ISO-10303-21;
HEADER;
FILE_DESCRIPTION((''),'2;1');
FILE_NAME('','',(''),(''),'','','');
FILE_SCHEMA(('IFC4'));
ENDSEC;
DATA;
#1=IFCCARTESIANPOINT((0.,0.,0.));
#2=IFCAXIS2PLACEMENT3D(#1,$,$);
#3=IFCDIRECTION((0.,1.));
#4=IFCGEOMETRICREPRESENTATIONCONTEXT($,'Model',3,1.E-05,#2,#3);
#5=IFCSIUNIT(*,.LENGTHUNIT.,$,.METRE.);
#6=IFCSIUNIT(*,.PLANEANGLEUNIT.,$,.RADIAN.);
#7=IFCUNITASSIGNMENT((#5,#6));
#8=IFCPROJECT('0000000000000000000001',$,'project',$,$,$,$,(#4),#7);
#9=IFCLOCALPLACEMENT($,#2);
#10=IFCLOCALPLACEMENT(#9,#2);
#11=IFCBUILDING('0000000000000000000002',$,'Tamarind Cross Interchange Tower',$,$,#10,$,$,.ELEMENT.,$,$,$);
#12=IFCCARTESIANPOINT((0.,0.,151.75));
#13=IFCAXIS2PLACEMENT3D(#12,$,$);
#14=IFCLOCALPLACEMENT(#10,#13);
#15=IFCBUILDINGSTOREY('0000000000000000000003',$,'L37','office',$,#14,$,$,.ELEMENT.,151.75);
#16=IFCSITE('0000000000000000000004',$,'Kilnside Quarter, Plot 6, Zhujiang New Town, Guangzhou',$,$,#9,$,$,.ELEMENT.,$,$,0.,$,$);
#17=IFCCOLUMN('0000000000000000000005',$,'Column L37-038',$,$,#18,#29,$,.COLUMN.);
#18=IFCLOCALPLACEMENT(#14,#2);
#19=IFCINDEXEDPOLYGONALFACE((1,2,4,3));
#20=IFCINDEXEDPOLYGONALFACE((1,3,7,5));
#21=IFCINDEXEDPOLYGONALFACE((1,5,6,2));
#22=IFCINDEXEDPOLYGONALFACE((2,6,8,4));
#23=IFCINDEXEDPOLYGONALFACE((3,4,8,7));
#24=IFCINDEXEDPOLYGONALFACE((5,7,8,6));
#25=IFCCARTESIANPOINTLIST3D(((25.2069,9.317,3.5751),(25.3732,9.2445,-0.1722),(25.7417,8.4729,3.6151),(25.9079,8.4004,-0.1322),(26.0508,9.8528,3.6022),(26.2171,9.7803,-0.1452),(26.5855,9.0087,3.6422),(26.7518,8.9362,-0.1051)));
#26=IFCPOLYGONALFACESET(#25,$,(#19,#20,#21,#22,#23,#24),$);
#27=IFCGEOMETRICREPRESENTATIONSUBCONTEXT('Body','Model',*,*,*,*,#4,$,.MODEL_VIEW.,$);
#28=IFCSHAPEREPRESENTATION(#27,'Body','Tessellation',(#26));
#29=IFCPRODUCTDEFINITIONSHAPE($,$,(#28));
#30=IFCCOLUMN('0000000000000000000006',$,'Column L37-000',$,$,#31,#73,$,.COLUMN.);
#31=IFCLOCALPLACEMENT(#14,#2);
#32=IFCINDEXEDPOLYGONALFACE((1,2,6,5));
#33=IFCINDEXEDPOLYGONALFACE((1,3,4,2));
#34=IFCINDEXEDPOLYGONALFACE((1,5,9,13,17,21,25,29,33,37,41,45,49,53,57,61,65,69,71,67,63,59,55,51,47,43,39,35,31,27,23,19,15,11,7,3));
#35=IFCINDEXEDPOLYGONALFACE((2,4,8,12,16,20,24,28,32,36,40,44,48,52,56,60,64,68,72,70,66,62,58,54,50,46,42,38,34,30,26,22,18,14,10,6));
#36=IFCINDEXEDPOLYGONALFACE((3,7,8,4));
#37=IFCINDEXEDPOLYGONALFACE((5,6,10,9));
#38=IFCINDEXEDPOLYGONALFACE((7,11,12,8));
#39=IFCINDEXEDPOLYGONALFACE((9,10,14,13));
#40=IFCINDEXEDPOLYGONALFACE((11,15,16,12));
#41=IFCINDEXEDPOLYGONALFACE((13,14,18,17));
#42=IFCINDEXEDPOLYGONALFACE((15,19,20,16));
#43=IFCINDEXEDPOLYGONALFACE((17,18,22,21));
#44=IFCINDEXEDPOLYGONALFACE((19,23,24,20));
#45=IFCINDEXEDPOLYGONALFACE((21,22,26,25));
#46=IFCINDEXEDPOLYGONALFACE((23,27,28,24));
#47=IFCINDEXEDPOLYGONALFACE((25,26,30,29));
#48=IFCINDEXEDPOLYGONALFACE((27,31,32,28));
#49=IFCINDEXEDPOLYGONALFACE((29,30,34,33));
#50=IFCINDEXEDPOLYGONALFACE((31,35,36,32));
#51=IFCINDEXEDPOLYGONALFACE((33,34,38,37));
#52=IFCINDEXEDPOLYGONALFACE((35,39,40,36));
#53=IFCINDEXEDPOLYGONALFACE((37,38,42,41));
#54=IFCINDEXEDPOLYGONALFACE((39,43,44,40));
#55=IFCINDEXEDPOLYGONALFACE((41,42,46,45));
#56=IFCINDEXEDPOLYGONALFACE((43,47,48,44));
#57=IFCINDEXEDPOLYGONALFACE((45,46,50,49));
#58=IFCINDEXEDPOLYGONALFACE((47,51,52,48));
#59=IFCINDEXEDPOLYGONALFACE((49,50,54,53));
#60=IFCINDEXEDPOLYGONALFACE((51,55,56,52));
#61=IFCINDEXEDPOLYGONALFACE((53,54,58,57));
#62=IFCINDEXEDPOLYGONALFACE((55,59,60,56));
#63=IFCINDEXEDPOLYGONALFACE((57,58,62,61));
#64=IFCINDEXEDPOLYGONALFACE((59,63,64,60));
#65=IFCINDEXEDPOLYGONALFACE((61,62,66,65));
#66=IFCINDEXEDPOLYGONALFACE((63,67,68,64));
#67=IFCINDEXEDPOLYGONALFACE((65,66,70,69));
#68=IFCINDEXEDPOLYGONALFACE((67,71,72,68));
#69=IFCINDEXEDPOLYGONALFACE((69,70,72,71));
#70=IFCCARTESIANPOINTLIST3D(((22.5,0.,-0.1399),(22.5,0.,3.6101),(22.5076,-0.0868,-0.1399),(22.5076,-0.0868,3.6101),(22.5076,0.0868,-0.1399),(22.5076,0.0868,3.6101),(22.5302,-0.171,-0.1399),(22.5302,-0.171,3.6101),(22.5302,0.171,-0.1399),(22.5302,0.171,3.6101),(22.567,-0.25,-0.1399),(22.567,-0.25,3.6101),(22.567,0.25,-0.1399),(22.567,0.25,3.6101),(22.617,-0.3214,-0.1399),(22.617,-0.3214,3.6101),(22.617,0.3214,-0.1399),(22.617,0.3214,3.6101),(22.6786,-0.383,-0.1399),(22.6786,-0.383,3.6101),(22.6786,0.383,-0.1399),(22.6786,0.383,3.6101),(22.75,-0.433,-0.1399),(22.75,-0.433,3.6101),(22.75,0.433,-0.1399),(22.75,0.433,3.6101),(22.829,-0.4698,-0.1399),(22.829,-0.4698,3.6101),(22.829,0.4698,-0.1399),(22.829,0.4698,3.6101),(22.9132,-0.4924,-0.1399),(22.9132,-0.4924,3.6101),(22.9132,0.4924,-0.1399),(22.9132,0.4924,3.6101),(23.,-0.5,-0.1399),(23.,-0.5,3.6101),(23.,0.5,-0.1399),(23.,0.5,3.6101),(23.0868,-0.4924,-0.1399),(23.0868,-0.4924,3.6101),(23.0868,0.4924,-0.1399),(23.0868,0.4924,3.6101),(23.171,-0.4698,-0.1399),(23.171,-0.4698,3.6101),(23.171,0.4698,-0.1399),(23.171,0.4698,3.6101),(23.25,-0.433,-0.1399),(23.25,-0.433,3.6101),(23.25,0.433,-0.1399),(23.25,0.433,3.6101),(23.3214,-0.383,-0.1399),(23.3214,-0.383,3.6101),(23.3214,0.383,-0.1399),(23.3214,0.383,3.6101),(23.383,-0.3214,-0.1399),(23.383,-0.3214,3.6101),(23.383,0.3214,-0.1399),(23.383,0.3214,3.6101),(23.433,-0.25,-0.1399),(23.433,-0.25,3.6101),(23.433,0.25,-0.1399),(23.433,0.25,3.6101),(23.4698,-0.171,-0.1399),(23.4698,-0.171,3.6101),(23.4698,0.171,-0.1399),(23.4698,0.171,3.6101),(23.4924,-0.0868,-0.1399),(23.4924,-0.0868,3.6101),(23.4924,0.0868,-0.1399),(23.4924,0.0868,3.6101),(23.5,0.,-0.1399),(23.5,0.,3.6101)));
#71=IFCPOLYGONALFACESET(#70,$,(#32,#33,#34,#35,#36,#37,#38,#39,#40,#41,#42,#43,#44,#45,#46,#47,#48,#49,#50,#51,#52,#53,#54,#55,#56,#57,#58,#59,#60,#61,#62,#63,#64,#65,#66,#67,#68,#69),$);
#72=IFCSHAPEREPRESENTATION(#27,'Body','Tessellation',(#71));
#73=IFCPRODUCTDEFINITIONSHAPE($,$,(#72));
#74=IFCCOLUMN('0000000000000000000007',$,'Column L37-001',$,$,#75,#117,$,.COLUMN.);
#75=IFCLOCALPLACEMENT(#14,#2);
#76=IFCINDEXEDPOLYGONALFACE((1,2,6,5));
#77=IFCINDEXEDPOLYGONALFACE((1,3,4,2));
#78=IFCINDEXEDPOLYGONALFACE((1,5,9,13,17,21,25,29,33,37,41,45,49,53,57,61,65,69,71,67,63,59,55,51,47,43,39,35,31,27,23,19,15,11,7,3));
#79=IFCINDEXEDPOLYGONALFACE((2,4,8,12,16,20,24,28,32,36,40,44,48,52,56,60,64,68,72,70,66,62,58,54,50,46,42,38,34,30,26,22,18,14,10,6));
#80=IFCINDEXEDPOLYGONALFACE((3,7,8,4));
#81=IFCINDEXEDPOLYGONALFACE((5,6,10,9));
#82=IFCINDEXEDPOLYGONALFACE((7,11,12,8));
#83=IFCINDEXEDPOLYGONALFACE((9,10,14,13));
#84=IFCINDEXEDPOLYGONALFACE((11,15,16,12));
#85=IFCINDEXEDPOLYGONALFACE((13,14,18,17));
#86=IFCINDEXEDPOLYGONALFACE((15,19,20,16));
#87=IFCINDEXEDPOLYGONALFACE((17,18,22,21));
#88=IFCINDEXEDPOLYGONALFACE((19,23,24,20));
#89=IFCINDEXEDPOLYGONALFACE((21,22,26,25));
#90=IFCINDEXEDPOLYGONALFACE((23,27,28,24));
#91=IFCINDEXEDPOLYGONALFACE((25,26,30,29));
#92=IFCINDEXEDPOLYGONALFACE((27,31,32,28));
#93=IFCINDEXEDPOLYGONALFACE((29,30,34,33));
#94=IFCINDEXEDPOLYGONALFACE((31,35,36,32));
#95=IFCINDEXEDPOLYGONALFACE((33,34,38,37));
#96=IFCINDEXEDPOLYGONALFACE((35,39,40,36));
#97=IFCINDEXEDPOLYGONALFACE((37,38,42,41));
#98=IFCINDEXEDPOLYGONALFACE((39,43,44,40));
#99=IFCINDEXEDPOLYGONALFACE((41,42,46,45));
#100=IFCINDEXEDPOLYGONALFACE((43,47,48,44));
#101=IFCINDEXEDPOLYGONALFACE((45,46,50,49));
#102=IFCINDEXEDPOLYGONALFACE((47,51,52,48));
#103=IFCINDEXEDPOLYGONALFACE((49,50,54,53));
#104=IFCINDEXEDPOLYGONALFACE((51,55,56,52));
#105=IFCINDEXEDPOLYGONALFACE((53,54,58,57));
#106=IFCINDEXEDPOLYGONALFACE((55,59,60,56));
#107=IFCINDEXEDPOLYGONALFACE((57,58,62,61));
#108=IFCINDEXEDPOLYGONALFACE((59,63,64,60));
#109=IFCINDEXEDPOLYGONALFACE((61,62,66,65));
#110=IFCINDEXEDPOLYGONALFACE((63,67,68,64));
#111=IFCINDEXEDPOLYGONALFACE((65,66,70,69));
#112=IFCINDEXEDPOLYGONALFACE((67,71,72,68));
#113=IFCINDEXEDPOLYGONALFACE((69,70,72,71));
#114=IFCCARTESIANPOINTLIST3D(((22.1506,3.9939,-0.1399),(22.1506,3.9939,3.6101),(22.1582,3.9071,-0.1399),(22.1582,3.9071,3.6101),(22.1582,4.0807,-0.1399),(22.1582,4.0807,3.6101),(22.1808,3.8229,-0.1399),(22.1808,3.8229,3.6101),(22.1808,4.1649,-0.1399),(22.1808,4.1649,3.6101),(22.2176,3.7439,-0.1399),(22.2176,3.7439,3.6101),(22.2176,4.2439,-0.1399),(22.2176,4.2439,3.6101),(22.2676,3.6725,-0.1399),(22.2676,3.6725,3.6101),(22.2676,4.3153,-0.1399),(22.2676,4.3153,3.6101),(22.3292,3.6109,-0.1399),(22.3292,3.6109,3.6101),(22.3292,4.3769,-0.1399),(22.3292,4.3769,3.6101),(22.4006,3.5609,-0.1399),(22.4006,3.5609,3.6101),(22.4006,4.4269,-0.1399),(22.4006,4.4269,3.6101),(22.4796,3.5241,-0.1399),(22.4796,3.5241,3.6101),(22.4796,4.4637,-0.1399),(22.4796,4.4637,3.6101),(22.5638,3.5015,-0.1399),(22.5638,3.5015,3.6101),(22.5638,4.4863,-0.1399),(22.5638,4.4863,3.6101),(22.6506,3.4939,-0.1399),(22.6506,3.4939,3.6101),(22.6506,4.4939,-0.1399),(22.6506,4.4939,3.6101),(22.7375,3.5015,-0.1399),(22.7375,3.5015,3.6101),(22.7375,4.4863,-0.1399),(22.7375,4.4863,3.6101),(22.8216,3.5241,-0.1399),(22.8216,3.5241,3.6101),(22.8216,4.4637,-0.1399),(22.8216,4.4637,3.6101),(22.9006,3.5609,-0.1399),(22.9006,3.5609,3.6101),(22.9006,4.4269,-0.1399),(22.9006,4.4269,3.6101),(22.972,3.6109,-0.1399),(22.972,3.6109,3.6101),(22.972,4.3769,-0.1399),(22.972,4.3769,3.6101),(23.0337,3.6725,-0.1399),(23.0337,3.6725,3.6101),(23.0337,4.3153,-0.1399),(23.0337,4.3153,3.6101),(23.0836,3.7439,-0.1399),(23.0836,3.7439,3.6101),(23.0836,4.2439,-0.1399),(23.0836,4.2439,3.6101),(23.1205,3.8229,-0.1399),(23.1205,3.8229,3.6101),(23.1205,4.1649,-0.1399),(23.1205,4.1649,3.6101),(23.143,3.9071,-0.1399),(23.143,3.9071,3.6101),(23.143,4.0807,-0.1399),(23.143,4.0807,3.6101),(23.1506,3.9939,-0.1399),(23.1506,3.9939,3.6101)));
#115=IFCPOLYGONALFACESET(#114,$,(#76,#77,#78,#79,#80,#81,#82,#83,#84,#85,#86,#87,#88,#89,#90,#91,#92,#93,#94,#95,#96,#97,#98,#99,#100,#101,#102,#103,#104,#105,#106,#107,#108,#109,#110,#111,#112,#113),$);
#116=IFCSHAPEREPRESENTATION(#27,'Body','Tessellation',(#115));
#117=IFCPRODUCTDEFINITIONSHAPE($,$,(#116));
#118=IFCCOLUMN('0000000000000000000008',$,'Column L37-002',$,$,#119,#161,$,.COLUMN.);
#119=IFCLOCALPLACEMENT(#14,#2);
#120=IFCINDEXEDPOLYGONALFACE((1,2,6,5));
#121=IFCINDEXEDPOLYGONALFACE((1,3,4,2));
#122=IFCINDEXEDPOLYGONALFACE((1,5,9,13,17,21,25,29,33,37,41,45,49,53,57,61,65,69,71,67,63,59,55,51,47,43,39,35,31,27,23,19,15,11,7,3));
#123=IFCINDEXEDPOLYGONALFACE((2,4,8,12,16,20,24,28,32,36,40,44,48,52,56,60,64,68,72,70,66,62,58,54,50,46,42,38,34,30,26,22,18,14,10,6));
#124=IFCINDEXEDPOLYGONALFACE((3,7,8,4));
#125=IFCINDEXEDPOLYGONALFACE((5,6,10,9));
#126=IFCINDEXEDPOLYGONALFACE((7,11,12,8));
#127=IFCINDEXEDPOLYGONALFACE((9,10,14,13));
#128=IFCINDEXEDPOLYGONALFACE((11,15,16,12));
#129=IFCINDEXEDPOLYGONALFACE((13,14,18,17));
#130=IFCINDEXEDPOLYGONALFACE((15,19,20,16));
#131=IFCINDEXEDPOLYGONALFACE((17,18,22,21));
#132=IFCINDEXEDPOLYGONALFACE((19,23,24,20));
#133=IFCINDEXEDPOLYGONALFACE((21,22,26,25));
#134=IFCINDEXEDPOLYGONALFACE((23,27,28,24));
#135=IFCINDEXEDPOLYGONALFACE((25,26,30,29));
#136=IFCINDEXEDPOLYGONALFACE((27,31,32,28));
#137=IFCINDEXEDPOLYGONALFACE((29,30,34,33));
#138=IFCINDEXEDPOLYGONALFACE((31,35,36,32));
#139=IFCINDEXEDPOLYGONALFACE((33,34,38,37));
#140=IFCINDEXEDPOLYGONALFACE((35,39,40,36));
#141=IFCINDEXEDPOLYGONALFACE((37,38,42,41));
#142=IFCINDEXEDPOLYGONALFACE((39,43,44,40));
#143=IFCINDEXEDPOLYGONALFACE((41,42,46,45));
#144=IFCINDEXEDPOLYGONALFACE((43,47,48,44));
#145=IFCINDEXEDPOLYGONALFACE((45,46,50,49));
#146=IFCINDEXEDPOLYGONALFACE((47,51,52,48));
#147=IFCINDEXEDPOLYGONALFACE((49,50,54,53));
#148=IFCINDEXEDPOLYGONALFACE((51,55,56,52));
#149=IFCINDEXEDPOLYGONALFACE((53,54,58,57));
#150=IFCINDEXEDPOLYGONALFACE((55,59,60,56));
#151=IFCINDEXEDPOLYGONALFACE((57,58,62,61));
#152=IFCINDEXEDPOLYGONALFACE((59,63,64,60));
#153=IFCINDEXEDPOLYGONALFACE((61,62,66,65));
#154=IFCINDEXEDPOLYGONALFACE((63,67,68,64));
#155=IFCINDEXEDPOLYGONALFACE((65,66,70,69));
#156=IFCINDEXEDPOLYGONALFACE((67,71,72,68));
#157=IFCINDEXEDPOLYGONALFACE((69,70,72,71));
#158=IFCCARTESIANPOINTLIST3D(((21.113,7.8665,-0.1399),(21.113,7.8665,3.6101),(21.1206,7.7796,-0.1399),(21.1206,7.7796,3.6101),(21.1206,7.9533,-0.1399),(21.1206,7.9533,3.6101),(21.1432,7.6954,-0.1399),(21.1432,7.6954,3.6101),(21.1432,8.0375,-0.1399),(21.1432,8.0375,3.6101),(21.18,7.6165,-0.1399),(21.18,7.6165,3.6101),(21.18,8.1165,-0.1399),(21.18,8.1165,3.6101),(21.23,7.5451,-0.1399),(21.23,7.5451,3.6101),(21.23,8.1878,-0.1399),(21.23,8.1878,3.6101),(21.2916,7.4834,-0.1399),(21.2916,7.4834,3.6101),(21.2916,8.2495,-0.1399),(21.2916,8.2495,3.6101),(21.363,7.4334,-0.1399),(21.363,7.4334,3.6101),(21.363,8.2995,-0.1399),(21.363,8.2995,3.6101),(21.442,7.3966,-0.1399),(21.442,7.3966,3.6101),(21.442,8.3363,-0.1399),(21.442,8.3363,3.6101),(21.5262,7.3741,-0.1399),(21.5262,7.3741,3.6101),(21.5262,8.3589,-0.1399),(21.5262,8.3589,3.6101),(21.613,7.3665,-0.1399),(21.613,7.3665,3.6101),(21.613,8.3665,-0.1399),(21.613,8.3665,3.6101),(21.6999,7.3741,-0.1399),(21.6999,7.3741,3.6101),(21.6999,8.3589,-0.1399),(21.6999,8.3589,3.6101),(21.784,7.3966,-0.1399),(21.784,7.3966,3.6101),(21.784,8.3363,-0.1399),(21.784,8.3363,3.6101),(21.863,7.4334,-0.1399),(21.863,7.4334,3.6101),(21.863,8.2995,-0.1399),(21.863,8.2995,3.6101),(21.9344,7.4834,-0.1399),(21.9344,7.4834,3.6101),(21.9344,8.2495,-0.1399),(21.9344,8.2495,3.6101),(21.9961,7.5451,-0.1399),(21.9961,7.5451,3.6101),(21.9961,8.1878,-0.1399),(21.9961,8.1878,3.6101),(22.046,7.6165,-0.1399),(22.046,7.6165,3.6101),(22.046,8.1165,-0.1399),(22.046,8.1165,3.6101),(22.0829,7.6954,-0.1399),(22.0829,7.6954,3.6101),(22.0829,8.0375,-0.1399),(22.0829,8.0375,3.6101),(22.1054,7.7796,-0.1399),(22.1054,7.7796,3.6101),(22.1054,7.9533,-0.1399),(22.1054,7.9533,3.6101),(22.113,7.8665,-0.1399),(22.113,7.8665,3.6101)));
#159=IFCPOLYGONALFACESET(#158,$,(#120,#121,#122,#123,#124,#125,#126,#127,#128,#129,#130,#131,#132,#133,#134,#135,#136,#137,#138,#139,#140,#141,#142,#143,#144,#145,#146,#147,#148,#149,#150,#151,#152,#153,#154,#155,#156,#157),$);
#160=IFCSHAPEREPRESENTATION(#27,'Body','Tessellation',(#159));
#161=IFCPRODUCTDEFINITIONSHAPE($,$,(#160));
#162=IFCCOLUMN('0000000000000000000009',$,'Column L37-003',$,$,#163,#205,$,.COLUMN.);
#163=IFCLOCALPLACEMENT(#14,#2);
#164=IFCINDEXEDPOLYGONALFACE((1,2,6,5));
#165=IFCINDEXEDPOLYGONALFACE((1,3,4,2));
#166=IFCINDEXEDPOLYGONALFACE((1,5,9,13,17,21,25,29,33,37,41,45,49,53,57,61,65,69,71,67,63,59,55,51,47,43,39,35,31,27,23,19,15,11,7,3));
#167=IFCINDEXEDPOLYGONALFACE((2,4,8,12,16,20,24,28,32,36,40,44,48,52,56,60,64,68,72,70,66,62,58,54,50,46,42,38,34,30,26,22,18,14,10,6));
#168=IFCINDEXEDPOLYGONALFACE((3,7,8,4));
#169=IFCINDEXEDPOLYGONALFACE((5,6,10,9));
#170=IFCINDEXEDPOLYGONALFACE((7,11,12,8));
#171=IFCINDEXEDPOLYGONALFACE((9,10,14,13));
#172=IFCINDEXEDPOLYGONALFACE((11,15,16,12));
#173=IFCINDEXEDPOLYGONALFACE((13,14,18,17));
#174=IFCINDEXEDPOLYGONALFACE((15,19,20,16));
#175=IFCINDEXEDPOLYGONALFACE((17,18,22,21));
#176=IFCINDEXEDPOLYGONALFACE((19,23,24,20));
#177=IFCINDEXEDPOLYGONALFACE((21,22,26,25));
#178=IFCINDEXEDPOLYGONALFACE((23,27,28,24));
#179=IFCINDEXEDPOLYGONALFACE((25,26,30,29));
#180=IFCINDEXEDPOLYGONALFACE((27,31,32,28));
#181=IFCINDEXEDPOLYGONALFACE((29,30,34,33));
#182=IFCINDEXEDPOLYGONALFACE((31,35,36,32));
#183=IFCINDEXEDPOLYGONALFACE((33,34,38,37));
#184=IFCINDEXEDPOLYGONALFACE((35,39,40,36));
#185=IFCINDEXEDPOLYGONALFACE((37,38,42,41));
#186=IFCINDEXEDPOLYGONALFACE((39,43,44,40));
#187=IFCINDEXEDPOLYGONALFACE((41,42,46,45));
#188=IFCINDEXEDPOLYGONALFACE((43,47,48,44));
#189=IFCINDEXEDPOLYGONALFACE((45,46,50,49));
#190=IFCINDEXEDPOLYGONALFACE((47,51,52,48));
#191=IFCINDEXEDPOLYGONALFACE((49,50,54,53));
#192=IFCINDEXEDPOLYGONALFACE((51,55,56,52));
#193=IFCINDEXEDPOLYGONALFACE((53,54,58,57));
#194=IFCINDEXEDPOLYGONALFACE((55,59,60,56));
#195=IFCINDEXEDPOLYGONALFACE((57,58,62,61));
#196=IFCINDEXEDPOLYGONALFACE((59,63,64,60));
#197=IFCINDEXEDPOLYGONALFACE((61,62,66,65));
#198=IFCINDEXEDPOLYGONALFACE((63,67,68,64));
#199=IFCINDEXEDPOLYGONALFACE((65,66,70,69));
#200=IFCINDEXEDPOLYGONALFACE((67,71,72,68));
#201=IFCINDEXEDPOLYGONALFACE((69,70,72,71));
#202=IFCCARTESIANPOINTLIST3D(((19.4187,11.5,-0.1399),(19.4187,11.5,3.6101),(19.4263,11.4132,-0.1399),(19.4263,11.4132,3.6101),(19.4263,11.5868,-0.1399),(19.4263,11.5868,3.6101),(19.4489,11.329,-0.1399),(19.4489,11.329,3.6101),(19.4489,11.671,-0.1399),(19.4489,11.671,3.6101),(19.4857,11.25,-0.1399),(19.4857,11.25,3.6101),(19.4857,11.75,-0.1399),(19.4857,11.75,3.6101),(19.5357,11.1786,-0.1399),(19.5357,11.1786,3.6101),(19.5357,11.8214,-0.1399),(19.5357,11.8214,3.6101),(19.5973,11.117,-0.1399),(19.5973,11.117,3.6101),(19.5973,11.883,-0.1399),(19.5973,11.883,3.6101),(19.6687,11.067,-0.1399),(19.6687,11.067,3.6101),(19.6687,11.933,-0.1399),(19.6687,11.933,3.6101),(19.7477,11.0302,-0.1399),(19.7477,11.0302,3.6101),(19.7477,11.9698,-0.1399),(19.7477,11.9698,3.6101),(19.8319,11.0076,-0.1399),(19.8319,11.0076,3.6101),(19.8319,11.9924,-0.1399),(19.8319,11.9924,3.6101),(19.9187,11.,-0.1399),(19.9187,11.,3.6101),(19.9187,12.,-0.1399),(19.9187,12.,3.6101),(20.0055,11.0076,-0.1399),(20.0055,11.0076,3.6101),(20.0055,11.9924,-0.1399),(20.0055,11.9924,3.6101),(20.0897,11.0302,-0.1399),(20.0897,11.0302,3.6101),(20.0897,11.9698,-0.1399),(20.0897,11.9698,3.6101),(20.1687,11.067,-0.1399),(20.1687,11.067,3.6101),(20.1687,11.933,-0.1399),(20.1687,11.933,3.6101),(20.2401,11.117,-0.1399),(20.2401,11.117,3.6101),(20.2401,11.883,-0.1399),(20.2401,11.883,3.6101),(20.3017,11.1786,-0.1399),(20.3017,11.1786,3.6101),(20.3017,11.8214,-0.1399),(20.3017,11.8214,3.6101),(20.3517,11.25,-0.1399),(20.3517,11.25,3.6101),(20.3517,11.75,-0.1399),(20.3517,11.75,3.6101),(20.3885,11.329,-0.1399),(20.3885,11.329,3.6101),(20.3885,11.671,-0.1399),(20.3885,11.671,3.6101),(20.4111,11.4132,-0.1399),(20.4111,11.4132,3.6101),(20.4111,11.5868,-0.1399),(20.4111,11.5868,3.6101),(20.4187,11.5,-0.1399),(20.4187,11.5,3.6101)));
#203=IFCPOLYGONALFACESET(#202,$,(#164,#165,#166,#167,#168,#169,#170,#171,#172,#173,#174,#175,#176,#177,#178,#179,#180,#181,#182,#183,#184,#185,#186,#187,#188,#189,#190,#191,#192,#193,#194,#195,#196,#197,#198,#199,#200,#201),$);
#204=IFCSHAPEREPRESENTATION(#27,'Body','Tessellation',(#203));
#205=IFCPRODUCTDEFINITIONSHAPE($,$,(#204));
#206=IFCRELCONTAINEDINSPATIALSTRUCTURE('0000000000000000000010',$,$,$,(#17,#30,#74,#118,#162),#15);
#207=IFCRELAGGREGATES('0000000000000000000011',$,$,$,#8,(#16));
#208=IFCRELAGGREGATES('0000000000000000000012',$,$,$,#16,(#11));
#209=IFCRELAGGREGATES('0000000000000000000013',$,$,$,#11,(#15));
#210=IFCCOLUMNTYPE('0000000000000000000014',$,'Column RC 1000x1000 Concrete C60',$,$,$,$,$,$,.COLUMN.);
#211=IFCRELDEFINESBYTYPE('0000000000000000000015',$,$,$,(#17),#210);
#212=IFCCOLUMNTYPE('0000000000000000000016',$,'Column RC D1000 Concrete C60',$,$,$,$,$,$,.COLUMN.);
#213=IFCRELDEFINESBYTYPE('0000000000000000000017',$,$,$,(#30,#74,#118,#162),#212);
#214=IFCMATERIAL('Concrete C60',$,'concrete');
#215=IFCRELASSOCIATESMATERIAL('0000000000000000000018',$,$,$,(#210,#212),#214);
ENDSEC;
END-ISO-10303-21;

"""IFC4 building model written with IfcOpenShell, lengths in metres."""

from ifc_helpers import new_model, si_unit, direction, frame, origin, origin_2d, place, context, subcontext, project, spatial, rectangle, circle, extrude, material, material_profile, profile_set, type_object, element, save


model = new_model("IFC4")

# Units and contexts
model_context = context("Model", 3, precision=1e-05, world=origin(), true_north=direction((0.0, 1.0)))
body_context = subcontext(model_context, "Body", "Model", "MODEL_VIEW")
ifc_project = project(units=[si_unit("LENGTHUNIT", "METRE"), si_unit("PLANEANGLEUNIT", "RADIAN")], contexts=[model_context])

# Site, building, storey
site_placement = place(None, origin())
site = spatial("IfcSite", under=ifc_project, at=site_placement, Name="Kilnside Quarter, Plot 6, Zhujiang New Town, Guangzhou", CompositionType="ELEMENT", RefElevation=0.0)
building_placement = place(site_placement, origin())
building = spatial("IfcBuilding", under=site, at=building_placement, Name="Tamarind Cross Interchange Tower", CompositionType="ELEMENT")
storey_placement = place(building_placement, frame((0.0, 0.0, 151.75)))
storey = spatial("IfcBuildingStorey", under=building, at=storey_placement, Name="L37", Description="office", CompositionType="ELEMENT", Elevation=151.75)

# Columns
ifc_material_1 = material(Name="Concrete C60", Category="concrete")
ifc_material_profile_1 = material_profile(ifc_material_1, rectangle(XDim=1.0, YDim=1.0, at=origin_2d()), Name="RC 1000x1000")
ifc_profile_set_1 = profile_set([ifc_material_profile_1], Name="Concrete C60")
column_type_1 = type_object("IfcColumnType", Name="Column RC 1000x1000 Concrete C60", PredefinedType="COLUMN", material=ifc_profile_set_1)
column_placement = place(storey_placement, frame((26.0625, 9.0903, -0.1387), z_axis=(-0.044316, 0.019327, 0.998831), x_axis=(0.534703, -0.84409, 0.040057)))
element("IfcColumn", 1, at=column_placement, inside=storey, type_object=column_type_1, Name="Column L37-038", PredefinedType="COLUMN", context=body_context, shape_type="SweptSolid", body=[
    extrude(rectangle(XDim=1.0, YDim=1.0, at=origin_2d()), origin(), (0.0, 0.0, 1.0), 3.7517),
])
ifc_material_profile_2 = material_profile(ifc_material_1, circle(Radius=0.5, at=origin_2d()), Name="RC D1000")
ifc_profile_set_2 = profile_set([ifc_material_profile_2], Name="Concrete C60")
column_type_2 = type_object("IfcColumnType", Name="Column RC D1000 Concrete C60", PredefinedType="COLUMN", material=ifc_profile_set_2)
for number, where, z_axis, x_axis, name in (
    (2, (23.0, 0.0, -0.1399), (0.0, 0.0, 1.0), (1.0, 0.0, 0.0), "Column L37-000"),
    (3, (22.6506, 3.9939, -0.1399), (0.0, 0.0, 1.0), (1.0, 0.0, 0.0), "Column L37-001"),
    (4, (21.613, 7.8665, -0.1399), (0.0, 0.0, 1.0), (1.0, 0.0, 0.0), "Column L37-002"),
    (5, (19.9187, 11.5, -0.1399), (0.0, 0.0, 1.0), (1.0, 0.0, 0.0), "Column L37-003"),
):
    element("IfcColumn", number, at=place(storey_placement, frame(where, z_axis=z_axis, x_axis=x_axis)), inside=storey, type_object=column_type_2, Name=name, PredefinedType="COLUMN", context=body_context, shape_type="SweptSolid", body=[
        extrude(circle(Radius=0.5, at=origin_2d()), origin(), (0.0, 0.0, 1.0), 3.75),
    ])

save(model, "model.ifc")
